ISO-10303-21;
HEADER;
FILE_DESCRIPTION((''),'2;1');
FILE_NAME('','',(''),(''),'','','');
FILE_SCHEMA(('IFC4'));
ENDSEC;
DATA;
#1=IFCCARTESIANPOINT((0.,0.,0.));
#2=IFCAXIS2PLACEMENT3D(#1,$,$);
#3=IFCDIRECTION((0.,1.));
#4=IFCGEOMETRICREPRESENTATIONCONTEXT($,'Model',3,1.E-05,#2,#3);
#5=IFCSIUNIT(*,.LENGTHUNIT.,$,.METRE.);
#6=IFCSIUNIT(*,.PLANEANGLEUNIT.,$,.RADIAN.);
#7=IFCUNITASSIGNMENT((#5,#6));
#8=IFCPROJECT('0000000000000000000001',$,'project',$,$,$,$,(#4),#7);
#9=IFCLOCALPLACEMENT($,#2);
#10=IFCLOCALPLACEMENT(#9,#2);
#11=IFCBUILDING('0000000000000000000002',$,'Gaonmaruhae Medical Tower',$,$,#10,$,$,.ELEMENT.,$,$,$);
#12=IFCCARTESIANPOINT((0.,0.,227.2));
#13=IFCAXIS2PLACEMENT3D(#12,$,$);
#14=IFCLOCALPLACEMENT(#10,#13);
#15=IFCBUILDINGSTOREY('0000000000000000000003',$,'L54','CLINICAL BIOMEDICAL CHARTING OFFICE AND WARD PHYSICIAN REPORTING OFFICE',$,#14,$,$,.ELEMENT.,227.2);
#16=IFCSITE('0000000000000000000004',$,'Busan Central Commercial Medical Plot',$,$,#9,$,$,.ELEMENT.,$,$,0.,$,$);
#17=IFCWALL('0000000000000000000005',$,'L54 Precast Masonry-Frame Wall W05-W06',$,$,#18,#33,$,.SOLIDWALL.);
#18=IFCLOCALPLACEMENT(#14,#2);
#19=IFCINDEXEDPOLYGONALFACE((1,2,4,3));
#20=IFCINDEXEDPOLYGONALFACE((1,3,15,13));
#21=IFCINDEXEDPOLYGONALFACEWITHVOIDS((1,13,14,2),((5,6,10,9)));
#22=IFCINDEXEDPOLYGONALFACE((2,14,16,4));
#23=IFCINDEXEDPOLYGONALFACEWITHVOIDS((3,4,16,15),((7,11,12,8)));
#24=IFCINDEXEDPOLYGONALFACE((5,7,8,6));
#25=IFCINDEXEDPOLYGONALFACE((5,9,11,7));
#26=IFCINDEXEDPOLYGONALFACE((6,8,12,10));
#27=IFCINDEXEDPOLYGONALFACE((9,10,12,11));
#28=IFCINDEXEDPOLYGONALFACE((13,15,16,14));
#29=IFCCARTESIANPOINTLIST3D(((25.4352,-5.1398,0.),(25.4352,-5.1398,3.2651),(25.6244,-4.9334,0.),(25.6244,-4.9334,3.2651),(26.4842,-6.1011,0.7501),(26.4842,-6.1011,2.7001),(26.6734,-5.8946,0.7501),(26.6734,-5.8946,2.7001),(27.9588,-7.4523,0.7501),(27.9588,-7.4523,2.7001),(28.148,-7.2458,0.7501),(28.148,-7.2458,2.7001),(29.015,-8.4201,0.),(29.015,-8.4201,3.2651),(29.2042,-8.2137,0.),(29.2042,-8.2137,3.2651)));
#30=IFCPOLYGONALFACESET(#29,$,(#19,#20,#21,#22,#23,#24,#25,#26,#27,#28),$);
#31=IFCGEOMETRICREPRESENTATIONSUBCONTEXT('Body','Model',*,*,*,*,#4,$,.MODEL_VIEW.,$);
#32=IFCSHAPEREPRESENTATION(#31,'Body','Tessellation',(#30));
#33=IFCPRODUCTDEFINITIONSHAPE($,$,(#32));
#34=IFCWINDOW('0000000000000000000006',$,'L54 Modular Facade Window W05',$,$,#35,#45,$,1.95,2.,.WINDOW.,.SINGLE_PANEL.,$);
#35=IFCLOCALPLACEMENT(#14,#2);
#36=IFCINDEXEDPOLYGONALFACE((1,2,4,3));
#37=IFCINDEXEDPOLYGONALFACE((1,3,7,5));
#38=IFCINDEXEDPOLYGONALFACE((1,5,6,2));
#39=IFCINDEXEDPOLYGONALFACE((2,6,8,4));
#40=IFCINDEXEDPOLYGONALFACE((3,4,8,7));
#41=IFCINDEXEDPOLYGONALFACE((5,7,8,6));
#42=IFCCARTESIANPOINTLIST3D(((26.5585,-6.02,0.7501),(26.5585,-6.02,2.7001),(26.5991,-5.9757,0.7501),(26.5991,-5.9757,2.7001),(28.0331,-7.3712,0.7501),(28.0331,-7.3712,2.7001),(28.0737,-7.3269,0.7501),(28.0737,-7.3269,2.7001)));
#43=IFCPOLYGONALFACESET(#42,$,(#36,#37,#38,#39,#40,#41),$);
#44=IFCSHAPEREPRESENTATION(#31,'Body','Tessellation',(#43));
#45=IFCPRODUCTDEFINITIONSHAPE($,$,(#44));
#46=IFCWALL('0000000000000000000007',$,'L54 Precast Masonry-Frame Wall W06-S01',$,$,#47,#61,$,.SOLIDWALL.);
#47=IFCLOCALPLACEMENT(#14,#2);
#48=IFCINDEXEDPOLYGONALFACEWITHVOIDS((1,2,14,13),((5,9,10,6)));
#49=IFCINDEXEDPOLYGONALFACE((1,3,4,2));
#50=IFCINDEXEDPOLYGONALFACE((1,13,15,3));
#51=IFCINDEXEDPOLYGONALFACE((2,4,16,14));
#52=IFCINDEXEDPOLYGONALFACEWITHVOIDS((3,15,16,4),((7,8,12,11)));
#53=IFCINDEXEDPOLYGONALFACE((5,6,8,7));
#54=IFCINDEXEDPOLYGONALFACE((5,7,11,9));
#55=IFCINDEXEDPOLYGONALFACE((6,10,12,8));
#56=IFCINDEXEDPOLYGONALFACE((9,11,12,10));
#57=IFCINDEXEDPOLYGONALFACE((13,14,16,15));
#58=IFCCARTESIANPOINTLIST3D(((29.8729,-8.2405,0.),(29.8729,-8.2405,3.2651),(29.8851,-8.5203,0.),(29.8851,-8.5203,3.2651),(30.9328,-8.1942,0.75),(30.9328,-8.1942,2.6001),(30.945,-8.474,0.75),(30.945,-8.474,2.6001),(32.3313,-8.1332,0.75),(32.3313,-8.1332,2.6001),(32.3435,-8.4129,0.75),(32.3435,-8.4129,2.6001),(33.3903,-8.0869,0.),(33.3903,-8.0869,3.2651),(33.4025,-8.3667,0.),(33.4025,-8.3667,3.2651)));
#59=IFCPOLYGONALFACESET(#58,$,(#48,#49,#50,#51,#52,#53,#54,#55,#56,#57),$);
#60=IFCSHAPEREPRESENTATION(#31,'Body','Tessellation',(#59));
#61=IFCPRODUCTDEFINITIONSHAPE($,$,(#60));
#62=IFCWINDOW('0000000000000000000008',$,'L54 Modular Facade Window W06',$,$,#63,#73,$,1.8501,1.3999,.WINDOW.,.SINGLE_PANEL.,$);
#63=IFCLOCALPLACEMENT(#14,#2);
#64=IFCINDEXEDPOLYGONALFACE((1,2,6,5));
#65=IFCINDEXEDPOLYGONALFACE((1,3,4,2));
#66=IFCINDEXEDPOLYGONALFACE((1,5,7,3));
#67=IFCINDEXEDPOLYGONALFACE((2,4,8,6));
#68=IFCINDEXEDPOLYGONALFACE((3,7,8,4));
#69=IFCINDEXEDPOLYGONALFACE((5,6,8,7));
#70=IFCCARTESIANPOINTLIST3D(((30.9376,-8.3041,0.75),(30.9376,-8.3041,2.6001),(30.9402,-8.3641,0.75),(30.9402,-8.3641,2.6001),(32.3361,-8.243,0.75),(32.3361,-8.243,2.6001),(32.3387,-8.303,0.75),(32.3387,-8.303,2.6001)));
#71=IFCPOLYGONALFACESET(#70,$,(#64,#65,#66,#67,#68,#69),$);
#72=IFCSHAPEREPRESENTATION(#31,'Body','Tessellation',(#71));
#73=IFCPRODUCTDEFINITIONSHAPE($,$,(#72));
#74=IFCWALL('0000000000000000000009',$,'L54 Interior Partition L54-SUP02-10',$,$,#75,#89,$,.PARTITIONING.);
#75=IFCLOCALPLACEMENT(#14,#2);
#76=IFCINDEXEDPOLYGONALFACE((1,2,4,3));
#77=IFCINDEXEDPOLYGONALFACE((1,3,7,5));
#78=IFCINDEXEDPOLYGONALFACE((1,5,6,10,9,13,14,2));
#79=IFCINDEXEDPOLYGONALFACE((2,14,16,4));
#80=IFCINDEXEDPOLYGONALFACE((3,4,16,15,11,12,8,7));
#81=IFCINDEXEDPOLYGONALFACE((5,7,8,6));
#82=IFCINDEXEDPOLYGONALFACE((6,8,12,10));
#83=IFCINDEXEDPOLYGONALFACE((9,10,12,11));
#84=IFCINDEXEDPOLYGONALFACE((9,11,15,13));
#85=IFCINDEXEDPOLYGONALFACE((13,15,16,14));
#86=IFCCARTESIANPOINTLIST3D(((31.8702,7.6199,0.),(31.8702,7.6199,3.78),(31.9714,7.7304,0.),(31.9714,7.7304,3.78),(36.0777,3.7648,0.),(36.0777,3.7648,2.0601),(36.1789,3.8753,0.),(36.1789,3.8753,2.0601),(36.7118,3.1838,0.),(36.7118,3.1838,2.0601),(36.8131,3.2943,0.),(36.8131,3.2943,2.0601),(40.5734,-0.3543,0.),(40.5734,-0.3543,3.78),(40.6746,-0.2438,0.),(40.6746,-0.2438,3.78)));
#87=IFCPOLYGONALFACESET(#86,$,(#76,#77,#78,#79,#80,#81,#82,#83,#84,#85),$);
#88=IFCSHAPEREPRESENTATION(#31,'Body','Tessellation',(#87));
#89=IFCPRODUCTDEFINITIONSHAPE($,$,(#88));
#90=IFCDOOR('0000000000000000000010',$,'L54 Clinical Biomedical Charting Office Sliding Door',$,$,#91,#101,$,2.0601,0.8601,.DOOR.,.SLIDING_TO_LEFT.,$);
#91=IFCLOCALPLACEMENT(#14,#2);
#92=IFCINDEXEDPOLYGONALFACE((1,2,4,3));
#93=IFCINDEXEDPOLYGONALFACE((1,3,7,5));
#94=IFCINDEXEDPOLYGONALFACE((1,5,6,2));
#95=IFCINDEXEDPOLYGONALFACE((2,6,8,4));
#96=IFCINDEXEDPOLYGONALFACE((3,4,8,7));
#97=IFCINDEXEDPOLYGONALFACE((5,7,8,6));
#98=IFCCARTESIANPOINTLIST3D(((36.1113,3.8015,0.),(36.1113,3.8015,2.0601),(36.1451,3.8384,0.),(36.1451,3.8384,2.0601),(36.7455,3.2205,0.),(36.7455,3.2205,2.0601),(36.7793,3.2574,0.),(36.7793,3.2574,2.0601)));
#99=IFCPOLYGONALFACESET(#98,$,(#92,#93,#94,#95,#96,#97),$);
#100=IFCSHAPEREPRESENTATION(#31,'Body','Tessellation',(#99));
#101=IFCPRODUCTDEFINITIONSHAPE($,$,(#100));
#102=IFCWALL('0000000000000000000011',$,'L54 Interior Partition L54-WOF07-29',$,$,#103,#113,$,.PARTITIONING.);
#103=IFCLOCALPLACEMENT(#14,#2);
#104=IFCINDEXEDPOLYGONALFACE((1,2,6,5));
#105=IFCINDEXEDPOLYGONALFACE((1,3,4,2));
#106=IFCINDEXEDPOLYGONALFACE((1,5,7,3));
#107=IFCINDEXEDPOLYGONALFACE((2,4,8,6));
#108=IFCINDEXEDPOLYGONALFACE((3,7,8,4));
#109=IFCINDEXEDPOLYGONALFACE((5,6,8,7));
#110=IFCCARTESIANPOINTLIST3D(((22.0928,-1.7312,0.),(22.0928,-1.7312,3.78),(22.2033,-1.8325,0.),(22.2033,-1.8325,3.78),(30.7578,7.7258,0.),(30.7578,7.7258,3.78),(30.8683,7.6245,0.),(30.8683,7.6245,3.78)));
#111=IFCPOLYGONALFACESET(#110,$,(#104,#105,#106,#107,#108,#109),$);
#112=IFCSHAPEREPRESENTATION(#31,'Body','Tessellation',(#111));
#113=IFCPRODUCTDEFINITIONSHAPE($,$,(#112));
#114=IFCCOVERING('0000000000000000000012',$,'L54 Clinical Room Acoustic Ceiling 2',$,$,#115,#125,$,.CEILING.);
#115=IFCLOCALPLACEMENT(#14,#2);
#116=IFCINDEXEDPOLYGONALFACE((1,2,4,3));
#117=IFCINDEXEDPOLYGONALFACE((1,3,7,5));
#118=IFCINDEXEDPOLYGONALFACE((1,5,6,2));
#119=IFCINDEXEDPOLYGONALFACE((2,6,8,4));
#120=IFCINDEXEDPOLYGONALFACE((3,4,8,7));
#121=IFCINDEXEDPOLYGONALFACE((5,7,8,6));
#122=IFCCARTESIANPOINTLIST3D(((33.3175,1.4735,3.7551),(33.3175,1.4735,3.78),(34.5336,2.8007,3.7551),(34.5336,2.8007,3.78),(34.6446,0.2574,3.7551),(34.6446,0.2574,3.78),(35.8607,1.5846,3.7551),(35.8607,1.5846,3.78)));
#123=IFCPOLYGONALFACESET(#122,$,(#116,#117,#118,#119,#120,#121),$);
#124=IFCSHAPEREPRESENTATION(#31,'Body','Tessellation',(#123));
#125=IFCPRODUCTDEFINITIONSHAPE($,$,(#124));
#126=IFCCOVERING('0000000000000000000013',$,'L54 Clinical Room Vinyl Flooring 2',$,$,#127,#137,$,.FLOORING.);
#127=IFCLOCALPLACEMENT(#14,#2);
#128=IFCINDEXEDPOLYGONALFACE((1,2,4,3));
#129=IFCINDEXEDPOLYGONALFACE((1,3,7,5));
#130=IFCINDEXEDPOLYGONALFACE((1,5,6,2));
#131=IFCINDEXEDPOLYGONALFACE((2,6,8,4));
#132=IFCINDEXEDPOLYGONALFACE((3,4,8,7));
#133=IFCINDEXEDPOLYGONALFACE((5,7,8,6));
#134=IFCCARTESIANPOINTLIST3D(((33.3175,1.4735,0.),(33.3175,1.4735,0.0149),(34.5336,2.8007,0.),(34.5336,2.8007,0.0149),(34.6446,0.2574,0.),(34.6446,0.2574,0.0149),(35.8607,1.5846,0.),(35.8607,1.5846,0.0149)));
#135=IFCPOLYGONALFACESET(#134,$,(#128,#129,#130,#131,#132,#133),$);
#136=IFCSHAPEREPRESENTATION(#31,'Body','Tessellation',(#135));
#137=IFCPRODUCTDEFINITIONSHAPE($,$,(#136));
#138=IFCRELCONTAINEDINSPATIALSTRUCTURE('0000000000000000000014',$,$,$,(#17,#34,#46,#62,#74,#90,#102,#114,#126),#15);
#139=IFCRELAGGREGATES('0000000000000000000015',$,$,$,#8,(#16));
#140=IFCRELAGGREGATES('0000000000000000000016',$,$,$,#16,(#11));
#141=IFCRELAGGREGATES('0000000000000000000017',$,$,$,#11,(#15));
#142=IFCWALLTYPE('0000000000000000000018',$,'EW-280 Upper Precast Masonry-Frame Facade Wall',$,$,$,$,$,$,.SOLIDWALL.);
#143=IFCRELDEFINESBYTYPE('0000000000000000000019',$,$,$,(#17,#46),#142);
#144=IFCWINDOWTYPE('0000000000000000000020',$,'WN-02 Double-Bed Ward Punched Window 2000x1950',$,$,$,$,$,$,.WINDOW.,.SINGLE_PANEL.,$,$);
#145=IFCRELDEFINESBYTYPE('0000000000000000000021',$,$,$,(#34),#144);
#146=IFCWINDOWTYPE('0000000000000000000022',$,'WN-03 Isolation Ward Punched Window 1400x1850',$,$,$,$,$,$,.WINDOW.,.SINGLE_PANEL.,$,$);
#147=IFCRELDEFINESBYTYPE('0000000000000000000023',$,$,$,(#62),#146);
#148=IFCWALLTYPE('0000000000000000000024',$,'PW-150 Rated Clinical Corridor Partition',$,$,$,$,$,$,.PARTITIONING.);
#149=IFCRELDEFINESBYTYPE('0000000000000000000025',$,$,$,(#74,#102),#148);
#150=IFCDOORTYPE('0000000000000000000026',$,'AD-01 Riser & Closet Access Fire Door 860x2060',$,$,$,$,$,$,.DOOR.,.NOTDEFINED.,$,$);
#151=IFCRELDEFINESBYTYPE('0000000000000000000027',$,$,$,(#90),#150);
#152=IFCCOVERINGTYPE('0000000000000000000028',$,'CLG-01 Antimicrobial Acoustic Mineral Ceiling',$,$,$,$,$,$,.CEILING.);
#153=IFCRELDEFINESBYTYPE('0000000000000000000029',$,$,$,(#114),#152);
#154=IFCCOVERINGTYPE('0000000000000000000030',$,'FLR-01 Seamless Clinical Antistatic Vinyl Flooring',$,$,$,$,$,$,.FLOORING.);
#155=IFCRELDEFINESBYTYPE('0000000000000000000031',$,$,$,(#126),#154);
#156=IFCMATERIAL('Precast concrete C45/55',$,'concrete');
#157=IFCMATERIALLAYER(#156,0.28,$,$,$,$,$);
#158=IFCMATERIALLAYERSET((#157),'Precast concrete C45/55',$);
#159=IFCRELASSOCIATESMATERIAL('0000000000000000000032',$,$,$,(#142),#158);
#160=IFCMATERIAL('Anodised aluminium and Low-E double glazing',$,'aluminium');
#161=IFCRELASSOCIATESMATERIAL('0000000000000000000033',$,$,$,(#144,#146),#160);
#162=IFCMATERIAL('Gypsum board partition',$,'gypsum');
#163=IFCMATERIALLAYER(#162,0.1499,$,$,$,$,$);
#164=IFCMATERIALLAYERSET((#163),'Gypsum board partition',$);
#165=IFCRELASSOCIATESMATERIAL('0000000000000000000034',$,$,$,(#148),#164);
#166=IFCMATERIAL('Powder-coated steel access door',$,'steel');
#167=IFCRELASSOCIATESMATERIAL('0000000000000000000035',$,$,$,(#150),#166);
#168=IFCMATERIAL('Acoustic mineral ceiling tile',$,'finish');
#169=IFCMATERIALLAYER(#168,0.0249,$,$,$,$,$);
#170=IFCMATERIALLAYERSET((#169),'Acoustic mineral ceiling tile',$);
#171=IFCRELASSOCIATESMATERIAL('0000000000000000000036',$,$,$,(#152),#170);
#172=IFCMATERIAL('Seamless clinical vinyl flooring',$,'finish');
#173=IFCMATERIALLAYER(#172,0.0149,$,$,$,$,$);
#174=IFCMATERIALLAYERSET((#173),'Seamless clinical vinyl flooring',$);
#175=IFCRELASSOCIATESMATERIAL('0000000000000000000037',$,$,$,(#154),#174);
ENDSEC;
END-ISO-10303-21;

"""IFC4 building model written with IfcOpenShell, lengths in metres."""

from ifc_helpers import new_model, si_unit, direction, frame, frame_2d, origin, origin_2d, place, context, subcontext, project, spatial, rectangle, extrude, material, layer, layer_set, type_object, element, fill, save


model = new_model("IFC4")

# Units and contexts
model_context = context("Model", 3, precision=1e-05, world=origin(), true_north=direction((0.0, 1.0)))
body_context = subcontext(model_context, "Body", "Model", "MODEL_VIEW")
ifc_project = project(units=[si_unit("LENGTHUNIT", "METRE"), si_unit("PLANEANGLEUNIT", "RADIAN")], contexts=[model_context])

# Site, building, storey
site_placement = place(None, origin())
site = spatial("IfcSite", under=ifc_project, at=site_placement, Name="Busan Central Commercial Medical Plot", CompositionType="ELEMENT", RefElevation=0.0)
building_placement = place(site_placement, origin())
building = spatial("IfcBuilding", under=site, at=building_placement, Name="Gaonmaruhae Medical Tower", CompositionType="ELEMENT")
storey_placement = place(building_placement, frame((0.0, 0.0, 227.2)))
storey = spatial("IfcBuildingStorey", under=building, at=storey_placement, Name="L54", Description="CLINICAL BIOMEDICAL CHARTING OFFICE AND WARD PHYSICIAN REPORTING OFFICE", CompositionType="ELEMENT", Elevation=227.2)

# Walls, openings, windows
ifc_material_1 = material(Name="Precast concrete C45/55", Category="concrete")
ifc_layer_1 = layer(ifc_material_1, 0.28)
ifc_layer_set_1 = layer_set([ifc_layer_1], Name="Precast concrete C45/55")
wall_type_1 = type_object("IfcWallType", Name="EW-280 Upper Precast Masonry-Frame Facade Wall", PredefinedType="SOLIDWALL", material=ifc_layer_set_1)
wall_1_placement = place(storey_placement, frame((29.1096, -8.3169, 0.0), z_axis=(0.0, 0.0, 1.0), x_axis=(-0.737281, 0.675586, 0.0)))
wall_1 = element("IfcWall", 1, at=wall_1_placement, inside=storey, type_object=wall_type_1, Name="L54 Precast Masonry-Frame Wall W05-W06", PredefinedType="SOLIDWALL", context=body_context, shape_type="SweptSolid", body=[
    extrude(rectangle(XDim=4.8555, YDim=0.28, at=frame_2d((2.4277, 0.0))), origin(), (0.0, 0.0, 1.0), 3.2651),
])
opening_1_placement = place(wall_1_placement, frame((1.4326, 0.0, 0.75)))
opening_1 = element("IfcOpeningElement", 2, at=opening_1_placement, cuts=wall_1, PredefinedType="OPENING", context=body_context, shape_type="SweptSolid", body=[
    extrude(rectangle(XDim=2.0, YDim=1.95, at=frame_2d((1.0, 0.9751))), frame((0.0, 0.1499, 0.0), z_axis=(0.0, -1.0, 0.0), x_axis=(1.0, 0.0, 0.0)), (0.0, 0.0, 1.0), 0.3),
])
ifc_material_2 = material(Name="Anodised aluminium and Low-E double glazing", Category="aluminium")
window_type_1 = type_object("IfcWindowType", Name="WN-02 Double-Bed Ward Punched Window 2000x1950", PartitioningType="SINGLE_PANEL", PredefinedType="WINDOW", material=ifc_material_2)
window_1_placement = place(opening_1_placement, origin())
window_1 = element("IfcWindow", 3, at=window_1_placement, inside=storey, type_object=window_type_1, Name="L54 Modular Facade Window W05", OverallHeight=1.95, OverallWidth=2.0, PartitioningType="SINGLE_PANEL", PredefinedType="WINDOW", context=body_context, shape_type="SweptSolid", body=[
    extrude(rectangle(XDim=2.0, YDim=1.95, at=frame_2d((1.0, 0.9751))), frame((0.0, 0.03, 0.0), z_axis=(0.0, -1.0, 0.0), x_axis=(1.0, 0.0, 0.0)), (0.0, 0.0, 1.0), 0.0601),
])
fill(opening_1, window_1)
wall_2_placement = place(storey_placement, frame((33.3962, -8.2268, 0.0), z_axis=(0.0, 0.0, 1.0), x_axis=(-0.999048, -0.043618, 0.0)))
wall_2 = element("IfcWall", 4, at=wall_2_placement, inside=storey, type_object=wall_type_1, Name="L54 Precast Masonry-Frame Wall W06-S01", PredefinedType="SOLIDWALL", context=body_context, shape_type="SweptSolid", body=[
    extrude(rectangle(XDim=3.5208, YDim=0.28, at=frame_2d((1.7603, 0.0))), origin(), (0.0, 0.0, 1.0), 3.2651),
])
opening_2_placement = place(wall_2_placement, frame((1.0598, 0.0, 0.75)))
opening_2 = element("IfcOpeningElement", 5, at=opening_2_placement, cuts=wall_2, PredefinedType="OPENING", context=body_context, shape_type="SweptSolid", body=[
    extrude(rectangle(XDim=1.3999, YDim=1.8501, at=frame_2d((0.7, 0.925))), frame((0.0, 0.1499, 0.0), z_axis=(0.0, -1.0, 0.0), x_axis=(1.0, 0.0, 0.0)), (0.0, 0.0, 1.0), 0.3),
])
window_type_2 = type_object("IfcWindowType", Name="WN-03 Isolation Ward Punched Window 1400x1850", PartitioningType="SINGLE_PANEL", PredefinedType="WINDOW", material=ifc_material_2)
window_2_placement = place(opening_2_placement, origin())
window_2 = element("IfcWindow", 6, at=window_2_placement, inside=storey, type_object=window_type_2, Name="L54 Modular Facade Window W06", OverallHeight=1.8501, OverallWidth=1.3999, PartitioningType="SINGLE_PANEL", PredefinedType="WINDOW", context=body_context, shape_type="SweptSolid", body=[
    extrude(rectangle(XDim=1.3999, YDim=1.8501, at=frame_2d((0.7, 0.925))), frame((0.0, 0.03, 0.0), z_axis=(0.0, -1.0, 0.0), x_axis=(1.0, 0.0, 0.0)), (0.0, 0.0, 1.0), 0.0601),
])
fill(opening_2, window_2)

# Wall, opening, door
ifc_material_3 = material(Name="Gypsum board partition", Category="gypsum")
ifc_layer_2 = layer(ifc_material_3, 0.1499)
ifc_layer_set_2 = layer_set([ifc_layer_2], Name="Gypsum board partition")
wall_type_2 = type_object("IfcWallType", Name="PW-150 Rated Clinical Corridor Partition", PredefinedType="PARTITIONING", material=ifc_layer_set_2)
wall_3_placement = place(storey_placement, frame((31.9209, 7.675, 0.0), z_axis=(0.0, 0.0, 1.0), x_axis=(0.737312, -0.675552, 0.0)))
wall_3 = element("IfcWall", 7, at=wall_3_placement, inside=storey, type_object=wall_type_2, Name="L54 Interior Partition L54-SUP02-10", PredefinedType="PARTITIONING", context=body_context, shape_type="SweptSolid", body=[
    extrude(rectangle(XDim=11.804, YDim=0.1499, at=frame_2d((5.9019, 0.0))), origin(), (0.0, 0.0, 1.0), 3.78),
])
opening_3_placement = place(wall_3_placement, frame((5.7063, 0.0, 0.0)))
opening_3 = element("IfcOpeningElement", 8, at=opening_3_placement, cuts=wall_3, PredefinedType="OPENING", context=body_context, shape_type="SweptSolid", body=[
    extrude(rectangle(XDim=0.8601, YDim=2.0601, at=frame_2d((0.4302, 1.03))), frame((0.0, 0.085, 0.0), z_axis=(0.0, -1.0, 0.0), x_axis=(1.0, 0.0, 0.0)), (0.0, 0.0, 1.0), 0.1699),
])
ifc_material_4 = material(Name="Powder-coated steel access door", Category="steel")
door_type = type_object("IfcDoorType", Name="AD-01 Riser & Closet Access Fire Door 860x2060", OperationType="NOTDEFINED", PredefinedType="DOOR", material=ifc_material_4)
door_placement = place(opening_3_placement, origin())
door = element("IfcDoor", 9, at=door_placement, inside=storey, type_object=door_type, Name="L54 Clinical Biomedical Charting Office Sliding Door", OperationType="SLIDING_TO_LEFT", OverallHeight=2.0601, OverallWidth=0.8601, PredefinedType="DOOR", context=body_context, shape_type="SweptSolid", body=[
    extrude(rectangle(XDim=0.8601, YDim=2.0601, at=frame_2d((0.4302, 1.03))), frame((0.0, 0.0249, 0.0), z_axis=(0.0, -1.0, 0.0), x_axis=(1.0, 0.0, 0.0)), (0.0, 0.0, 1.0), 0.05),
])
fill(opening_3, door)

# Wall
wall_4_placement = place(storey_placement, frame((30.813, 7.675, 0.0), z_axis=(0.0, 0.0, 1.0), x_axis=(-0.675559, -0.737306, 0.0)))
element("IfcWall", 10, at=wall_4_placement, inside=storey, type_object=wall_type_2, Name="L54 Interior Partition L54-WOF07-29", PredefinedType="PARTITIONING", context=body_context, shape_type="SweptSolid", body=[
    extrude(rectangle(XDim=12.8264, YDim=0.1499, at=frame_2d((6.4131, 0.0))), origin(), (0.0, 0.0, 1.0), 3.78),
])

# Coverings
ifc_material_5 = material(Name="Acoustic mineral ceiling tile", Category="finish")
ifc_layer_3 = layer(ifc_material_5, 0.0249)
ifc_layer_set_3 = layer_set([ifc_layer_3], Name="Acoustic mineral ceiling tile")
covering_type_1 = type_object("IfcCoveringType", Name="CLG-01 Antimicrobial Acoustic Mineral Ceiling", PredefinedType="CEILING", material=ifc_layer_set_3)
covering_1_placement = place(storey_placement, frame((34.5891, 1.5291, 3.7551), z_axis=(0.0, 0.0, 1.0), x_axis=(0.67559, 0.737277, 0.0)))
element("IfcCovering", 11, at=covering_1_placement, inside=storey, type_object=covering_type_1, Name="L54 Clinical Room Acoustic Ceiling 2", PredefinedType="CEILING", context=body_context, shape_type="SweptSolid", body=[
    extrude(rectangle(XDim=1.8, YDim=1.8, at=origin_2d()), origin(), (0.0, 0.0, 1.0), 0.0249),
])
ifc_material_6 = material(Name="Seamless clinical vinyl flooring", Category="finish")
ifc_layer_4 = layer(ifc_material_6, 0.0149)
ifc_layer_set_4 = layer_set([ifc_layer_4], Name="Seamless clinical vinyl flooring")
covering_type_2 = type_object("IfcCoveringType", Name="FLR-01 Seamless Clinical Antistatic Vinyl Flooring", PredefinedType="FLOORING", material=ifc_layer_set_4)
covering_2_placement = place(storey_placement, frame((34.5891, 1.5291, 0.0), z_axis=(0.0, 0.0, 1.0), x_axis=(0.67559, 0.737277, 0.0)))
element("IfcCovering", 12, at=covering_2_placement, inside=storey, type_object=covering_type_2, Name="L54 Clinical Room Vinyl Flooring 2", PredefinedType="FLOORING", context=body_context, shape_type="SweptSolid", body=[
    extrude(rectangle(XDim=1.8, YDim=1.8, at=origin_2d()), origin(), (0.0, 0.0, 1.0), 0.0149),
])

save(model, "model.ifc")
